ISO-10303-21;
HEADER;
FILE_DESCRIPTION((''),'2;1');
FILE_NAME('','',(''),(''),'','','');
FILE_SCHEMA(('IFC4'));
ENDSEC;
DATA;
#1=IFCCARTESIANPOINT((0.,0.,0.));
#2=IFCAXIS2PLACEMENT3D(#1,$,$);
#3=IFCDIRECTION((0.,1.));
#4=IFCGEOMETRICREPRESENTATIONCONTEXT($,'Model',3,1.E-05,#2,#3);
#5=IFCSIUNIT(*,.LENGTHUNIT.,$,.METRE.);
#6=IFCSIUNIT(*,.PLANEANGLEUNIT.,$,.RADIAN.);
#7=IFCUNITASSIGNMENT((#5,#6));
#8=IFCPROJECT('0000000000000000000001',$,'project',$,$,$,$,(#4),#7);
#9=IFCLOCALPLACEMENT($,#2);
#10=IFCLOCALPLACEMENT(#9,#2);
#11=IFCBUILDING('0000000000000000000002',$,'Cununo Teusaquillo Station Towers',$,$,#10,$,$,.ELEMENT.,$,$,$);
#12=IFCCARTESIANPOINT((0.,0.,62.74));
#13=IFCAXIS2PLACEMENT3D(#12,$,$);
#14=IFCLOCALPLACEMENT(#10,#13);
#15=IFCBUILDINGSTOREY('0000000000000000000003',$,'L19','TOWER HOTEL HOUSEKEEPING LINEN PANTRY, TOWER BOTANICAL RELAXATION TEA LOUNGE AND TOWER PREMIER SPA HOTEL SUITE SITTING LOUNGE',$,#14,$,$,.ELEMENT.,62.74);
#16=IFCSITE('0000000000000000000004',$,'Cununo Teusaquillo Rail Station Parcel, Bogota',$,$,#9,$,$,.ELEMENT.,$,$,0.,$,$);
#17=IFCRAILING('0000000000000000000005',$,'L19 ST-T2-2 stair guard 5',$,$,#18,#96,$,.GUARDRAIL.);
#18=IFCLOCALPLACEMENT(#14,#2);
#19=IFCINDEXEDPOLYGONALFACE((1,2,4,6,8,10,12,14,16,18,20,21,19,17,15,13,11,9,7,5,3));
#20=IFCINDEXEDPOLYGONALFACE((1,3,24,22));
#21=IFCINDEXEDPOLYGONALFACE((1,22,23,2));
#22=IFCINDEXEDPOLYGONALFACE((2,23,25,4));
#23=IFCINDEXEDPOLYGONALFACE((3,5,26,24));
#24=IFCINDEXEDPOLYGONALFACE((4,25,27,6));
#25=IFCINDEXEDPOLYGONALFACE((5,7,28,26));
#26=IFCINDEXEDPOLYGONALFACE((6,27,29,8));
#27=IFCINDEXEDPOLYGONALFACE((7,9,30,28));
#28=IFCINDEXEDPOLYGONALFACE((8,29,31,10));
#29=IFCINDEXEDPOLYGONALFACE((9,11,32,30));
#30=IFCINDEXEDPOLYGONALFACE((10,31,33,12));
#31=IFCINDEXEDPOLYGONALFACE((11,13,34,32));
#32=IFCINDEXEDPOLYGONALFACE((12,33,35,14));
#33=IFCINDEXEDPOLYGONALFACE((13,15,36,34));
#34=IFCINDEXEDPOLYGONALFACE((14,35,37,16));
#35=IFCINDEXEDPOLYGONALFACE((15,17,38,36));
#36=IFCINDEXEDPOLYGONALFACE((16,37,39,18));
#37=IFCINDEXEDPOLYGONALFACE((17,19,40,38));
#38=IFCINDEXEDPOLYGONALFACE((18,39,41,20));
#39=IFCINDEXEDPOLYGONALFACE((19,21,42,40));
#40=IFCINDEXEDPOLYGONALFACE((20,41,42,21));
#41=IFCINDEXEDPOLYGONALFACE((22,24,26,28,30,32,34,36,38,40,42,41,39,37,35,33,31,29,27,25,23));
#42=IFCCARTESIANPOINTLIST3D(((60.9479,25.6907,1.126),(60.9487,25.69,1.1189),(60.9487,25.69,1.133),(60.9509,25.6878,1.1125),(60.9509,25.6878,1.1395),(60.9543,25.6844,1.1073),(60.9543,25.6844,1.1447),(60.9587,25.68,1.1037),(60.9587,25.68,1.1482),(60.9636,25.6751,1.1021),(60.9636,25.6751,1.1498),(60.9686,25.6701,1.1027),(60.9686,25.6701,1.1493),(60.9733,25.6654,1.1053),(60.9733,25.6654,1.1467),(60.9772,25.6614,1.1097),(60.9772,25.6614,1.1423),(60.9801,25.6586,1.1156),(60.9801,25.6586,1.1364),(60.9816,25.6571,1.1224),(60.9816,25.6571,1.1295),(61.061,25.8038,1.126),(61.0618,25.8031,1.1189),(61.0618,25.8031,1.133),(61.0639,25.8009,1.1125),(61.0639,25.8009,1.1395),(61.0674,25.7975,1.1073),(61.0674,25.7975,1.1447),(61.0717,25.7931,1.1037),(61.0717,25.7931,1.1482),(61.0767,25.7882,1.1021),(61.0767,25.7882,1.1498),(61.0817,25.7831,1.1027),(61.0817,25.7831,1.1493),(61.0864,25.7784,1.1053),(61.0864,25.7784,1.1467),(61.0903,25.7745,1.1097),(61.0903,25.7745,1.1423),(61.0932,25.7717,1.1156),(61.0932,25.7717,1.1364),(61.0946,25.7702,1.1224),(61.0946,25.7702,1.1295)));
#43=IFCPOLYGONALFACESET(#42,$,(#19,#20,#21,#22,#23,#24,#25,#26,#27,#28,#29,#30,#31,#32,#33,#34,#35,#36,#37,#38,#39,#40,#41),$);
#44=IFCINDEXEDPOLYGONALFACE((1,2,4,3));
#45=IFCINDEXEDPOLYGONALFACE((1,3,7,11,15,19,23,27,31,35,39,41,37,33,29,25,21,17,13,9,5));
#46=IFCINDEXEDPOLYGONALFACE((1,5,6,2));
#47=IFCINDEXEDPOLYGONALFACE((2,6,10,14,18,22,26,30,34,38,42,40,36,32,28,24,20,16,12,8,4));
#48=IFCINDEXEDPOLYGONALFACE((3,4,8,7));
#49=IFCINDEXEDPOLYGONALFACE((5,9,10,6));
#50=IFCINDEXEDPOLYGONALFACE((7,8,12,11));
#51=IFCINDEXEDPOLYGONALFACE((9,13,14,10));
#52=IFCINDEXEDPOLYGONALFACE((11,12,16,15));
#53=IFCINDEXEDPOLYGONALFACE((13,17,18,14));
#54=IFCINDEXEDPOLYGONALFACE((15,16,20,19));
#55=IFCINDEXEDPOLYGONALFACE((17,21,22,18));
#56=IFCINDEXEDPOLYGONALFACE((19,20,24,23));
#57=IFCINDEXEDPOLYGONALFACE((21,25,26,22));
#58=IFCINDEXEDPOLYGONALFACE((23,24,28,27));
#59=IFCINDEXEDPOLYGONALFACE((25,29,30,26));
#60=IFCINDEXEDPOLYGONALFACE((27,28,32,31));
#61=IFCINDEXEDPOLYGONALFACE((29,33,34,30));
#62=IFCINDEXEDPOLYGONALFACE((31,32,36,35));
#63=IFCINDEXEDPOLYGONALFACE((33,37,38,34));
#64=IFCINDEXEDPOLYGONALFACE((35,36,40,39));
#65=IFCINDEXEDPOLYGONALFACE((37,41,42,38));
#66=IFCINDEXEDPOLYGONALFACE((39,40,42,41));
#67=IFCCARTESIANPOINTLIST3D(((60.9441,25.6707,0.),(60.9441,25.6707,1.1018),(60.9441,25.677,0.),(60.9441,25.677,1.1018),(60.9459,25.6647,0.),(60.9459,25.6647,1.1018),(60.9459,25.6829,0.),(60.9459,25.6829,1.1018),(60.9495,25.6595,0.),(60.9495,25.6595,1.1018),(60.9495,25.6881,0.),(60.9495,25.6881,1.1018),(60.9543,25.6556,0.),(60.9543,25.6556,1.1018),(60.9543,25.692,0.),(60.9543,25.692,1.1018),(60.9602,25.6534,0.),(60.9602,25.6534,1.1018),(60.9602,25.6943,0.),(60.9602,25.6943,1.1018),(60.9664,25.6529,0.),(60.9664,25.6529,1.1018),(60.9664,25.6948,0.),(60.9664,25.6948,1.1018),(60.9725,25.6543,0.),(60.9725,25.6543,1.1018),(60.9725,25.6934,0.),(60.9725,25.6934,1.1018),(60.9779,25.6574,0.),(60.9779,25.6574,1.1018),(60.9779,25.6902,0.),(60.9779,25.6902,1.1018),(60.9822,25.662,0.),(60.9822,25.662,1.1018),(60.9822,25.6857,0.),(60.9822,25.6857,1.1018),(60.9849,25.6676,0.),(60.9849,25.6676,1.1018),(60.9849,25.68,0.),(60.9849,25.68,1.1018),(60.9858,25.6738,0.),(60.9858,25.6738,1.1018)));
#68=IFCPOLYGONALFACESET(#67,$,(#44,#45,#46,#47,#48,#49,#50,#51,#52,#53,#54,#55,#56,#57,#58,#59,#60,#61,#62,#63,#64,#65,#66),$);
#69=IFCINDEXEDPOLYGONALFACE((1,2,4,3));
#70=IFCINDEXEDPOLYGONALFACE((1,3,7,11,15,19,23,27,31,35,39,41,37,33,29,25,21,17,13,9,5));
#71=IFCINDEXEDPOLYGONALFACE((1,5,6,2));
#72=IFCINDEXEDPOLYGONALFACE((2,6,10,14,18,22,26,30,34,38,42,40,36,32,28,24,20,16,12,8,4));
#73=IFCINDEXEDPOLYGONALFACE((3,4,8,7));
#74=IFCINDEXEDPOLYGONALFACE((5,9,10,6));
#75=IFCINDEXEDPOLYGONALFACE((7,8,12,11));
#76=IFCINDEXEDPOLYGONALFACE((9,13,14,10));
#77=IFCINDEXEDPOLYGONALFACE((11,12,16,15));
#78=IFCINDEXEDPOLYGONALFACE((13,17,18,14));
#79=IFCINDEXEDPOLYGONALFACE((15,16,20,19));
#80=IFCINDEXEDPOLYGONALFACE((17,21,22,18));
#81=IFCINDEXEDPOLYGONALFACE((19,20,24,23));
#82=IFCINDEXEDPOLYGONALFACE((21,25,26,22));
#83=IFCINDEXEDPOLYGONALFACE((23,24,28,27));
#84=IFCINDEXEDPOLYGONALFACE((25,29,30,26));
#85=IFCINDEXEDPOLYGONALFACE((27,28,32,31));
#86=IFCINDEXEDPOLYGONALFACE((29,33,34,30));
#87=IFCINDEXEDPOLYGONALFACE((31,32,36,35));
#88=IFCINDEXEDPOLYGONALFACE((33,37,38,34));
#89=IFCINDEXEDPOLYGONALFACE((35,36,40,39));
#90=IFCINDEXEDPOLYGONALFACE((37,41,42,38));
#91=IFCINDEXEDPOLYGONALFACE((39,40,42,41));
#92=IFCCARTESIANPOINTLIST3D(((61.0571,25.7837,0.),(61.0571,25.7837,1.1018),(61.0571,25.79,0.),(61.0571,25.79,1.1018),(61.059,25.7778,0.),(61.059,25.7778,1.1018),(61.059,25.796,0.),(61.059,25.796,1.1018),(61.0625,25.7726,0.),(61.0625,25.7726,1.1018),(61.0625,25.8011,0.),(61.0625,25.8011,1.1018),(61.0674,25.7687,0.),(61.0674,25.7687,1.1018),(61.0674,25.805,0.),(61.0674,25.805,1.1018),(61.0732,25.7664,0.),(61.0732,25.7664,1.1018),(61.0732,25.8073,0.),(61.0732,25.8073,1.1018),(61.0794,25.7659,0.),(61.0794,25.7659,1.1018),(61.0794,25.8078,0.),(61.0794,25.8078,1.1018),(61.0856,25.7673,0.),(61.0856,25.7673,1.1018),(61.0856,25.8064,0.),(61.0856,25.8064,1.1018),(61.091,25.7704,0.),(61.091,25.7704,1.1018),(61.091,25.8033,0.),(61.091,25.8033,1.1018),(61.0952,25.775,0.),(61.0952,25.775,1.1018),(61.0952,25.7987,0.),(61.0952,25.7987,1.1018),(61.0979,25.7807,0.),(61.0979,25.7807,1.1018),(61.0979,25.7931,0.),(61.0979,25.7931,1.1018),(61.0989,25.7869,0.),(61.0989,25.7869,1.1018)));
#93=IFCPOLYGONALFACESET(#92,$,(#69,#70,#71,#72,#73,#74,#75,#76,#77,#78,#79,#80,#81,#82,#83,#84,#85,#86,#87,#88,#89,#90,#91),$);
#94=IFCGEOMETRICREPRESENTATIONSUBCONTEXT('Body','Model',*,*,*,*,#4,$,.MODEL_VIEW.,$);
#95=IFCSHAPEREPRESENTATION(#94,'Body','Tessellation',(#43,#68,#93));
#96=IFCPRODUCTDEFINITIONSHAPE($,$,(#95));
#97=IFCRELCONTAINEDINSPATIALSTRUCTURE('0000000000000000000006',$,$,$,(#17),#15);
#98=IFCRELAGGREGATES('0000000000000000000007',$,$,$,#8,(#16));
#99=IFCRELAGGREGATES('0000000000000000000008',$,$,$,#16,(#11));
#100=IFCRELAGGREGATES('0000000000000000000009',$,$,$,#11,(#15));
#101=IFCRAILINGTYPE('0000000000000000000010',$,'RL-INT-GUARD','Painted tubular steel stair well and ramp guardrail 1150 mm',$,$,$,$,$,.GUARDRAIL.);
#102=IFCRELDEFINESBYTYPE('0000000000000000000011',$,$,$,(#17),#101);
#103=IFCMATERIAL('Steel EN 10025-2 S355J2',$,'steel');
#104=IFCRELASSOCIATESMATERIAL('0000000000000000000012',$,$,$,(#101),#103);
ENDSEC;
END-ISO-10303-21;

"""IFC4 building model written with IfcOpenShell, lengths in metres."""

from ifc_helpers import new_model, si_unit, direction, frame, origin, origin_2d, place, context, subcontext, project, spatial, circle, extrude, material, type_object, element, save


model = new_model("IFC4")

# Units and contexts
model_context = context("Model", 3, precision=1e-05, world=origin(), true_north=direction((0.0, 1.0)))
body_context = subcontext(model_context, "Body", "Model", "MODEL_VIEW")
ifc_project = project(units=[si_unit("LENGTHUNIT", "METRE"), si_unit("PLANEANGLEUNIT", "RADIAN")], contexts=[model_context])

# Site, building, storey
site_placement = place(None, origin())
site = spatial("IfcSite", under=ifc_project, at=site_placement, Name="Cununo Teusaquillo Rail Station Parcel, Bogota", CompositionType="ELEMENT", RefElevation=0.0)
building_placement = place(site_placement, origin())
building = spatial("IfcBuilding", under=site, at=building_placement, Name="Cununo Teusaquillo Station Towers", CompositionType="ELEMENT")
storey_placement = place(building_placement, frame((0.0, 0.0, 62.74)))
storey = spatial("IfcBuildingStorey", under=building, at=storey_placement, Name="L19", Description="TOWER HOTEL HOUSEKEEPING LINEN PANTRY, TOWER BOTANICAL RELAXATION TEA LOUNGE AND TOWER PREMIER SPA HOTEL SUITE SITTING LOUNGE", CompositionType="ELEMENT", Elevation=62.74)

# Railing
ifc_material_1 = material(Name="Steel EN 10025-2 S355J2", Category="steel")
railing_type_1 = type_object("IfcRailingType", Name="RL-INT-GUARD", Description="Painted tubular steel stair well and ramp guardrail 1150 mm", PredefinedType="GUARDRAIL", material=ifc_material_1)
railing_1_placement = place(storey_placement, frame((60.9648, 25.6738, 0.0)))
element("IfcRailing", 1, at=railing_1_placement, inside=storey, type_object=railing_type_1, Name="L19 ST-T2-2 stair guard 5", PredefinedType="GUARDRAIL", context=body_context, shape_type="SweptSolid", body=[
    extrude(circle(Radius=0.0239, at=origin_2d()), frame((0.0, 0.0, 1.126), z_axis=(0.707107, 0.707107, 0.0), x_axis=(-0.707107, 0.707107, 0.0)), (0.0, 0.0, 1.0), 0.1599),
    extrude(circle(Radius=0.021, at=origin_2d()), origin(), (0.0, 0.0, 1.0), 1.1018),
    extrude(circle(Radius=0.021, at=origin_2d()), frame((0.113, 0.113, 0.0)), (0.0, 0.0, 1.0), 1.1018),
])

save(model, "model.ifc")
